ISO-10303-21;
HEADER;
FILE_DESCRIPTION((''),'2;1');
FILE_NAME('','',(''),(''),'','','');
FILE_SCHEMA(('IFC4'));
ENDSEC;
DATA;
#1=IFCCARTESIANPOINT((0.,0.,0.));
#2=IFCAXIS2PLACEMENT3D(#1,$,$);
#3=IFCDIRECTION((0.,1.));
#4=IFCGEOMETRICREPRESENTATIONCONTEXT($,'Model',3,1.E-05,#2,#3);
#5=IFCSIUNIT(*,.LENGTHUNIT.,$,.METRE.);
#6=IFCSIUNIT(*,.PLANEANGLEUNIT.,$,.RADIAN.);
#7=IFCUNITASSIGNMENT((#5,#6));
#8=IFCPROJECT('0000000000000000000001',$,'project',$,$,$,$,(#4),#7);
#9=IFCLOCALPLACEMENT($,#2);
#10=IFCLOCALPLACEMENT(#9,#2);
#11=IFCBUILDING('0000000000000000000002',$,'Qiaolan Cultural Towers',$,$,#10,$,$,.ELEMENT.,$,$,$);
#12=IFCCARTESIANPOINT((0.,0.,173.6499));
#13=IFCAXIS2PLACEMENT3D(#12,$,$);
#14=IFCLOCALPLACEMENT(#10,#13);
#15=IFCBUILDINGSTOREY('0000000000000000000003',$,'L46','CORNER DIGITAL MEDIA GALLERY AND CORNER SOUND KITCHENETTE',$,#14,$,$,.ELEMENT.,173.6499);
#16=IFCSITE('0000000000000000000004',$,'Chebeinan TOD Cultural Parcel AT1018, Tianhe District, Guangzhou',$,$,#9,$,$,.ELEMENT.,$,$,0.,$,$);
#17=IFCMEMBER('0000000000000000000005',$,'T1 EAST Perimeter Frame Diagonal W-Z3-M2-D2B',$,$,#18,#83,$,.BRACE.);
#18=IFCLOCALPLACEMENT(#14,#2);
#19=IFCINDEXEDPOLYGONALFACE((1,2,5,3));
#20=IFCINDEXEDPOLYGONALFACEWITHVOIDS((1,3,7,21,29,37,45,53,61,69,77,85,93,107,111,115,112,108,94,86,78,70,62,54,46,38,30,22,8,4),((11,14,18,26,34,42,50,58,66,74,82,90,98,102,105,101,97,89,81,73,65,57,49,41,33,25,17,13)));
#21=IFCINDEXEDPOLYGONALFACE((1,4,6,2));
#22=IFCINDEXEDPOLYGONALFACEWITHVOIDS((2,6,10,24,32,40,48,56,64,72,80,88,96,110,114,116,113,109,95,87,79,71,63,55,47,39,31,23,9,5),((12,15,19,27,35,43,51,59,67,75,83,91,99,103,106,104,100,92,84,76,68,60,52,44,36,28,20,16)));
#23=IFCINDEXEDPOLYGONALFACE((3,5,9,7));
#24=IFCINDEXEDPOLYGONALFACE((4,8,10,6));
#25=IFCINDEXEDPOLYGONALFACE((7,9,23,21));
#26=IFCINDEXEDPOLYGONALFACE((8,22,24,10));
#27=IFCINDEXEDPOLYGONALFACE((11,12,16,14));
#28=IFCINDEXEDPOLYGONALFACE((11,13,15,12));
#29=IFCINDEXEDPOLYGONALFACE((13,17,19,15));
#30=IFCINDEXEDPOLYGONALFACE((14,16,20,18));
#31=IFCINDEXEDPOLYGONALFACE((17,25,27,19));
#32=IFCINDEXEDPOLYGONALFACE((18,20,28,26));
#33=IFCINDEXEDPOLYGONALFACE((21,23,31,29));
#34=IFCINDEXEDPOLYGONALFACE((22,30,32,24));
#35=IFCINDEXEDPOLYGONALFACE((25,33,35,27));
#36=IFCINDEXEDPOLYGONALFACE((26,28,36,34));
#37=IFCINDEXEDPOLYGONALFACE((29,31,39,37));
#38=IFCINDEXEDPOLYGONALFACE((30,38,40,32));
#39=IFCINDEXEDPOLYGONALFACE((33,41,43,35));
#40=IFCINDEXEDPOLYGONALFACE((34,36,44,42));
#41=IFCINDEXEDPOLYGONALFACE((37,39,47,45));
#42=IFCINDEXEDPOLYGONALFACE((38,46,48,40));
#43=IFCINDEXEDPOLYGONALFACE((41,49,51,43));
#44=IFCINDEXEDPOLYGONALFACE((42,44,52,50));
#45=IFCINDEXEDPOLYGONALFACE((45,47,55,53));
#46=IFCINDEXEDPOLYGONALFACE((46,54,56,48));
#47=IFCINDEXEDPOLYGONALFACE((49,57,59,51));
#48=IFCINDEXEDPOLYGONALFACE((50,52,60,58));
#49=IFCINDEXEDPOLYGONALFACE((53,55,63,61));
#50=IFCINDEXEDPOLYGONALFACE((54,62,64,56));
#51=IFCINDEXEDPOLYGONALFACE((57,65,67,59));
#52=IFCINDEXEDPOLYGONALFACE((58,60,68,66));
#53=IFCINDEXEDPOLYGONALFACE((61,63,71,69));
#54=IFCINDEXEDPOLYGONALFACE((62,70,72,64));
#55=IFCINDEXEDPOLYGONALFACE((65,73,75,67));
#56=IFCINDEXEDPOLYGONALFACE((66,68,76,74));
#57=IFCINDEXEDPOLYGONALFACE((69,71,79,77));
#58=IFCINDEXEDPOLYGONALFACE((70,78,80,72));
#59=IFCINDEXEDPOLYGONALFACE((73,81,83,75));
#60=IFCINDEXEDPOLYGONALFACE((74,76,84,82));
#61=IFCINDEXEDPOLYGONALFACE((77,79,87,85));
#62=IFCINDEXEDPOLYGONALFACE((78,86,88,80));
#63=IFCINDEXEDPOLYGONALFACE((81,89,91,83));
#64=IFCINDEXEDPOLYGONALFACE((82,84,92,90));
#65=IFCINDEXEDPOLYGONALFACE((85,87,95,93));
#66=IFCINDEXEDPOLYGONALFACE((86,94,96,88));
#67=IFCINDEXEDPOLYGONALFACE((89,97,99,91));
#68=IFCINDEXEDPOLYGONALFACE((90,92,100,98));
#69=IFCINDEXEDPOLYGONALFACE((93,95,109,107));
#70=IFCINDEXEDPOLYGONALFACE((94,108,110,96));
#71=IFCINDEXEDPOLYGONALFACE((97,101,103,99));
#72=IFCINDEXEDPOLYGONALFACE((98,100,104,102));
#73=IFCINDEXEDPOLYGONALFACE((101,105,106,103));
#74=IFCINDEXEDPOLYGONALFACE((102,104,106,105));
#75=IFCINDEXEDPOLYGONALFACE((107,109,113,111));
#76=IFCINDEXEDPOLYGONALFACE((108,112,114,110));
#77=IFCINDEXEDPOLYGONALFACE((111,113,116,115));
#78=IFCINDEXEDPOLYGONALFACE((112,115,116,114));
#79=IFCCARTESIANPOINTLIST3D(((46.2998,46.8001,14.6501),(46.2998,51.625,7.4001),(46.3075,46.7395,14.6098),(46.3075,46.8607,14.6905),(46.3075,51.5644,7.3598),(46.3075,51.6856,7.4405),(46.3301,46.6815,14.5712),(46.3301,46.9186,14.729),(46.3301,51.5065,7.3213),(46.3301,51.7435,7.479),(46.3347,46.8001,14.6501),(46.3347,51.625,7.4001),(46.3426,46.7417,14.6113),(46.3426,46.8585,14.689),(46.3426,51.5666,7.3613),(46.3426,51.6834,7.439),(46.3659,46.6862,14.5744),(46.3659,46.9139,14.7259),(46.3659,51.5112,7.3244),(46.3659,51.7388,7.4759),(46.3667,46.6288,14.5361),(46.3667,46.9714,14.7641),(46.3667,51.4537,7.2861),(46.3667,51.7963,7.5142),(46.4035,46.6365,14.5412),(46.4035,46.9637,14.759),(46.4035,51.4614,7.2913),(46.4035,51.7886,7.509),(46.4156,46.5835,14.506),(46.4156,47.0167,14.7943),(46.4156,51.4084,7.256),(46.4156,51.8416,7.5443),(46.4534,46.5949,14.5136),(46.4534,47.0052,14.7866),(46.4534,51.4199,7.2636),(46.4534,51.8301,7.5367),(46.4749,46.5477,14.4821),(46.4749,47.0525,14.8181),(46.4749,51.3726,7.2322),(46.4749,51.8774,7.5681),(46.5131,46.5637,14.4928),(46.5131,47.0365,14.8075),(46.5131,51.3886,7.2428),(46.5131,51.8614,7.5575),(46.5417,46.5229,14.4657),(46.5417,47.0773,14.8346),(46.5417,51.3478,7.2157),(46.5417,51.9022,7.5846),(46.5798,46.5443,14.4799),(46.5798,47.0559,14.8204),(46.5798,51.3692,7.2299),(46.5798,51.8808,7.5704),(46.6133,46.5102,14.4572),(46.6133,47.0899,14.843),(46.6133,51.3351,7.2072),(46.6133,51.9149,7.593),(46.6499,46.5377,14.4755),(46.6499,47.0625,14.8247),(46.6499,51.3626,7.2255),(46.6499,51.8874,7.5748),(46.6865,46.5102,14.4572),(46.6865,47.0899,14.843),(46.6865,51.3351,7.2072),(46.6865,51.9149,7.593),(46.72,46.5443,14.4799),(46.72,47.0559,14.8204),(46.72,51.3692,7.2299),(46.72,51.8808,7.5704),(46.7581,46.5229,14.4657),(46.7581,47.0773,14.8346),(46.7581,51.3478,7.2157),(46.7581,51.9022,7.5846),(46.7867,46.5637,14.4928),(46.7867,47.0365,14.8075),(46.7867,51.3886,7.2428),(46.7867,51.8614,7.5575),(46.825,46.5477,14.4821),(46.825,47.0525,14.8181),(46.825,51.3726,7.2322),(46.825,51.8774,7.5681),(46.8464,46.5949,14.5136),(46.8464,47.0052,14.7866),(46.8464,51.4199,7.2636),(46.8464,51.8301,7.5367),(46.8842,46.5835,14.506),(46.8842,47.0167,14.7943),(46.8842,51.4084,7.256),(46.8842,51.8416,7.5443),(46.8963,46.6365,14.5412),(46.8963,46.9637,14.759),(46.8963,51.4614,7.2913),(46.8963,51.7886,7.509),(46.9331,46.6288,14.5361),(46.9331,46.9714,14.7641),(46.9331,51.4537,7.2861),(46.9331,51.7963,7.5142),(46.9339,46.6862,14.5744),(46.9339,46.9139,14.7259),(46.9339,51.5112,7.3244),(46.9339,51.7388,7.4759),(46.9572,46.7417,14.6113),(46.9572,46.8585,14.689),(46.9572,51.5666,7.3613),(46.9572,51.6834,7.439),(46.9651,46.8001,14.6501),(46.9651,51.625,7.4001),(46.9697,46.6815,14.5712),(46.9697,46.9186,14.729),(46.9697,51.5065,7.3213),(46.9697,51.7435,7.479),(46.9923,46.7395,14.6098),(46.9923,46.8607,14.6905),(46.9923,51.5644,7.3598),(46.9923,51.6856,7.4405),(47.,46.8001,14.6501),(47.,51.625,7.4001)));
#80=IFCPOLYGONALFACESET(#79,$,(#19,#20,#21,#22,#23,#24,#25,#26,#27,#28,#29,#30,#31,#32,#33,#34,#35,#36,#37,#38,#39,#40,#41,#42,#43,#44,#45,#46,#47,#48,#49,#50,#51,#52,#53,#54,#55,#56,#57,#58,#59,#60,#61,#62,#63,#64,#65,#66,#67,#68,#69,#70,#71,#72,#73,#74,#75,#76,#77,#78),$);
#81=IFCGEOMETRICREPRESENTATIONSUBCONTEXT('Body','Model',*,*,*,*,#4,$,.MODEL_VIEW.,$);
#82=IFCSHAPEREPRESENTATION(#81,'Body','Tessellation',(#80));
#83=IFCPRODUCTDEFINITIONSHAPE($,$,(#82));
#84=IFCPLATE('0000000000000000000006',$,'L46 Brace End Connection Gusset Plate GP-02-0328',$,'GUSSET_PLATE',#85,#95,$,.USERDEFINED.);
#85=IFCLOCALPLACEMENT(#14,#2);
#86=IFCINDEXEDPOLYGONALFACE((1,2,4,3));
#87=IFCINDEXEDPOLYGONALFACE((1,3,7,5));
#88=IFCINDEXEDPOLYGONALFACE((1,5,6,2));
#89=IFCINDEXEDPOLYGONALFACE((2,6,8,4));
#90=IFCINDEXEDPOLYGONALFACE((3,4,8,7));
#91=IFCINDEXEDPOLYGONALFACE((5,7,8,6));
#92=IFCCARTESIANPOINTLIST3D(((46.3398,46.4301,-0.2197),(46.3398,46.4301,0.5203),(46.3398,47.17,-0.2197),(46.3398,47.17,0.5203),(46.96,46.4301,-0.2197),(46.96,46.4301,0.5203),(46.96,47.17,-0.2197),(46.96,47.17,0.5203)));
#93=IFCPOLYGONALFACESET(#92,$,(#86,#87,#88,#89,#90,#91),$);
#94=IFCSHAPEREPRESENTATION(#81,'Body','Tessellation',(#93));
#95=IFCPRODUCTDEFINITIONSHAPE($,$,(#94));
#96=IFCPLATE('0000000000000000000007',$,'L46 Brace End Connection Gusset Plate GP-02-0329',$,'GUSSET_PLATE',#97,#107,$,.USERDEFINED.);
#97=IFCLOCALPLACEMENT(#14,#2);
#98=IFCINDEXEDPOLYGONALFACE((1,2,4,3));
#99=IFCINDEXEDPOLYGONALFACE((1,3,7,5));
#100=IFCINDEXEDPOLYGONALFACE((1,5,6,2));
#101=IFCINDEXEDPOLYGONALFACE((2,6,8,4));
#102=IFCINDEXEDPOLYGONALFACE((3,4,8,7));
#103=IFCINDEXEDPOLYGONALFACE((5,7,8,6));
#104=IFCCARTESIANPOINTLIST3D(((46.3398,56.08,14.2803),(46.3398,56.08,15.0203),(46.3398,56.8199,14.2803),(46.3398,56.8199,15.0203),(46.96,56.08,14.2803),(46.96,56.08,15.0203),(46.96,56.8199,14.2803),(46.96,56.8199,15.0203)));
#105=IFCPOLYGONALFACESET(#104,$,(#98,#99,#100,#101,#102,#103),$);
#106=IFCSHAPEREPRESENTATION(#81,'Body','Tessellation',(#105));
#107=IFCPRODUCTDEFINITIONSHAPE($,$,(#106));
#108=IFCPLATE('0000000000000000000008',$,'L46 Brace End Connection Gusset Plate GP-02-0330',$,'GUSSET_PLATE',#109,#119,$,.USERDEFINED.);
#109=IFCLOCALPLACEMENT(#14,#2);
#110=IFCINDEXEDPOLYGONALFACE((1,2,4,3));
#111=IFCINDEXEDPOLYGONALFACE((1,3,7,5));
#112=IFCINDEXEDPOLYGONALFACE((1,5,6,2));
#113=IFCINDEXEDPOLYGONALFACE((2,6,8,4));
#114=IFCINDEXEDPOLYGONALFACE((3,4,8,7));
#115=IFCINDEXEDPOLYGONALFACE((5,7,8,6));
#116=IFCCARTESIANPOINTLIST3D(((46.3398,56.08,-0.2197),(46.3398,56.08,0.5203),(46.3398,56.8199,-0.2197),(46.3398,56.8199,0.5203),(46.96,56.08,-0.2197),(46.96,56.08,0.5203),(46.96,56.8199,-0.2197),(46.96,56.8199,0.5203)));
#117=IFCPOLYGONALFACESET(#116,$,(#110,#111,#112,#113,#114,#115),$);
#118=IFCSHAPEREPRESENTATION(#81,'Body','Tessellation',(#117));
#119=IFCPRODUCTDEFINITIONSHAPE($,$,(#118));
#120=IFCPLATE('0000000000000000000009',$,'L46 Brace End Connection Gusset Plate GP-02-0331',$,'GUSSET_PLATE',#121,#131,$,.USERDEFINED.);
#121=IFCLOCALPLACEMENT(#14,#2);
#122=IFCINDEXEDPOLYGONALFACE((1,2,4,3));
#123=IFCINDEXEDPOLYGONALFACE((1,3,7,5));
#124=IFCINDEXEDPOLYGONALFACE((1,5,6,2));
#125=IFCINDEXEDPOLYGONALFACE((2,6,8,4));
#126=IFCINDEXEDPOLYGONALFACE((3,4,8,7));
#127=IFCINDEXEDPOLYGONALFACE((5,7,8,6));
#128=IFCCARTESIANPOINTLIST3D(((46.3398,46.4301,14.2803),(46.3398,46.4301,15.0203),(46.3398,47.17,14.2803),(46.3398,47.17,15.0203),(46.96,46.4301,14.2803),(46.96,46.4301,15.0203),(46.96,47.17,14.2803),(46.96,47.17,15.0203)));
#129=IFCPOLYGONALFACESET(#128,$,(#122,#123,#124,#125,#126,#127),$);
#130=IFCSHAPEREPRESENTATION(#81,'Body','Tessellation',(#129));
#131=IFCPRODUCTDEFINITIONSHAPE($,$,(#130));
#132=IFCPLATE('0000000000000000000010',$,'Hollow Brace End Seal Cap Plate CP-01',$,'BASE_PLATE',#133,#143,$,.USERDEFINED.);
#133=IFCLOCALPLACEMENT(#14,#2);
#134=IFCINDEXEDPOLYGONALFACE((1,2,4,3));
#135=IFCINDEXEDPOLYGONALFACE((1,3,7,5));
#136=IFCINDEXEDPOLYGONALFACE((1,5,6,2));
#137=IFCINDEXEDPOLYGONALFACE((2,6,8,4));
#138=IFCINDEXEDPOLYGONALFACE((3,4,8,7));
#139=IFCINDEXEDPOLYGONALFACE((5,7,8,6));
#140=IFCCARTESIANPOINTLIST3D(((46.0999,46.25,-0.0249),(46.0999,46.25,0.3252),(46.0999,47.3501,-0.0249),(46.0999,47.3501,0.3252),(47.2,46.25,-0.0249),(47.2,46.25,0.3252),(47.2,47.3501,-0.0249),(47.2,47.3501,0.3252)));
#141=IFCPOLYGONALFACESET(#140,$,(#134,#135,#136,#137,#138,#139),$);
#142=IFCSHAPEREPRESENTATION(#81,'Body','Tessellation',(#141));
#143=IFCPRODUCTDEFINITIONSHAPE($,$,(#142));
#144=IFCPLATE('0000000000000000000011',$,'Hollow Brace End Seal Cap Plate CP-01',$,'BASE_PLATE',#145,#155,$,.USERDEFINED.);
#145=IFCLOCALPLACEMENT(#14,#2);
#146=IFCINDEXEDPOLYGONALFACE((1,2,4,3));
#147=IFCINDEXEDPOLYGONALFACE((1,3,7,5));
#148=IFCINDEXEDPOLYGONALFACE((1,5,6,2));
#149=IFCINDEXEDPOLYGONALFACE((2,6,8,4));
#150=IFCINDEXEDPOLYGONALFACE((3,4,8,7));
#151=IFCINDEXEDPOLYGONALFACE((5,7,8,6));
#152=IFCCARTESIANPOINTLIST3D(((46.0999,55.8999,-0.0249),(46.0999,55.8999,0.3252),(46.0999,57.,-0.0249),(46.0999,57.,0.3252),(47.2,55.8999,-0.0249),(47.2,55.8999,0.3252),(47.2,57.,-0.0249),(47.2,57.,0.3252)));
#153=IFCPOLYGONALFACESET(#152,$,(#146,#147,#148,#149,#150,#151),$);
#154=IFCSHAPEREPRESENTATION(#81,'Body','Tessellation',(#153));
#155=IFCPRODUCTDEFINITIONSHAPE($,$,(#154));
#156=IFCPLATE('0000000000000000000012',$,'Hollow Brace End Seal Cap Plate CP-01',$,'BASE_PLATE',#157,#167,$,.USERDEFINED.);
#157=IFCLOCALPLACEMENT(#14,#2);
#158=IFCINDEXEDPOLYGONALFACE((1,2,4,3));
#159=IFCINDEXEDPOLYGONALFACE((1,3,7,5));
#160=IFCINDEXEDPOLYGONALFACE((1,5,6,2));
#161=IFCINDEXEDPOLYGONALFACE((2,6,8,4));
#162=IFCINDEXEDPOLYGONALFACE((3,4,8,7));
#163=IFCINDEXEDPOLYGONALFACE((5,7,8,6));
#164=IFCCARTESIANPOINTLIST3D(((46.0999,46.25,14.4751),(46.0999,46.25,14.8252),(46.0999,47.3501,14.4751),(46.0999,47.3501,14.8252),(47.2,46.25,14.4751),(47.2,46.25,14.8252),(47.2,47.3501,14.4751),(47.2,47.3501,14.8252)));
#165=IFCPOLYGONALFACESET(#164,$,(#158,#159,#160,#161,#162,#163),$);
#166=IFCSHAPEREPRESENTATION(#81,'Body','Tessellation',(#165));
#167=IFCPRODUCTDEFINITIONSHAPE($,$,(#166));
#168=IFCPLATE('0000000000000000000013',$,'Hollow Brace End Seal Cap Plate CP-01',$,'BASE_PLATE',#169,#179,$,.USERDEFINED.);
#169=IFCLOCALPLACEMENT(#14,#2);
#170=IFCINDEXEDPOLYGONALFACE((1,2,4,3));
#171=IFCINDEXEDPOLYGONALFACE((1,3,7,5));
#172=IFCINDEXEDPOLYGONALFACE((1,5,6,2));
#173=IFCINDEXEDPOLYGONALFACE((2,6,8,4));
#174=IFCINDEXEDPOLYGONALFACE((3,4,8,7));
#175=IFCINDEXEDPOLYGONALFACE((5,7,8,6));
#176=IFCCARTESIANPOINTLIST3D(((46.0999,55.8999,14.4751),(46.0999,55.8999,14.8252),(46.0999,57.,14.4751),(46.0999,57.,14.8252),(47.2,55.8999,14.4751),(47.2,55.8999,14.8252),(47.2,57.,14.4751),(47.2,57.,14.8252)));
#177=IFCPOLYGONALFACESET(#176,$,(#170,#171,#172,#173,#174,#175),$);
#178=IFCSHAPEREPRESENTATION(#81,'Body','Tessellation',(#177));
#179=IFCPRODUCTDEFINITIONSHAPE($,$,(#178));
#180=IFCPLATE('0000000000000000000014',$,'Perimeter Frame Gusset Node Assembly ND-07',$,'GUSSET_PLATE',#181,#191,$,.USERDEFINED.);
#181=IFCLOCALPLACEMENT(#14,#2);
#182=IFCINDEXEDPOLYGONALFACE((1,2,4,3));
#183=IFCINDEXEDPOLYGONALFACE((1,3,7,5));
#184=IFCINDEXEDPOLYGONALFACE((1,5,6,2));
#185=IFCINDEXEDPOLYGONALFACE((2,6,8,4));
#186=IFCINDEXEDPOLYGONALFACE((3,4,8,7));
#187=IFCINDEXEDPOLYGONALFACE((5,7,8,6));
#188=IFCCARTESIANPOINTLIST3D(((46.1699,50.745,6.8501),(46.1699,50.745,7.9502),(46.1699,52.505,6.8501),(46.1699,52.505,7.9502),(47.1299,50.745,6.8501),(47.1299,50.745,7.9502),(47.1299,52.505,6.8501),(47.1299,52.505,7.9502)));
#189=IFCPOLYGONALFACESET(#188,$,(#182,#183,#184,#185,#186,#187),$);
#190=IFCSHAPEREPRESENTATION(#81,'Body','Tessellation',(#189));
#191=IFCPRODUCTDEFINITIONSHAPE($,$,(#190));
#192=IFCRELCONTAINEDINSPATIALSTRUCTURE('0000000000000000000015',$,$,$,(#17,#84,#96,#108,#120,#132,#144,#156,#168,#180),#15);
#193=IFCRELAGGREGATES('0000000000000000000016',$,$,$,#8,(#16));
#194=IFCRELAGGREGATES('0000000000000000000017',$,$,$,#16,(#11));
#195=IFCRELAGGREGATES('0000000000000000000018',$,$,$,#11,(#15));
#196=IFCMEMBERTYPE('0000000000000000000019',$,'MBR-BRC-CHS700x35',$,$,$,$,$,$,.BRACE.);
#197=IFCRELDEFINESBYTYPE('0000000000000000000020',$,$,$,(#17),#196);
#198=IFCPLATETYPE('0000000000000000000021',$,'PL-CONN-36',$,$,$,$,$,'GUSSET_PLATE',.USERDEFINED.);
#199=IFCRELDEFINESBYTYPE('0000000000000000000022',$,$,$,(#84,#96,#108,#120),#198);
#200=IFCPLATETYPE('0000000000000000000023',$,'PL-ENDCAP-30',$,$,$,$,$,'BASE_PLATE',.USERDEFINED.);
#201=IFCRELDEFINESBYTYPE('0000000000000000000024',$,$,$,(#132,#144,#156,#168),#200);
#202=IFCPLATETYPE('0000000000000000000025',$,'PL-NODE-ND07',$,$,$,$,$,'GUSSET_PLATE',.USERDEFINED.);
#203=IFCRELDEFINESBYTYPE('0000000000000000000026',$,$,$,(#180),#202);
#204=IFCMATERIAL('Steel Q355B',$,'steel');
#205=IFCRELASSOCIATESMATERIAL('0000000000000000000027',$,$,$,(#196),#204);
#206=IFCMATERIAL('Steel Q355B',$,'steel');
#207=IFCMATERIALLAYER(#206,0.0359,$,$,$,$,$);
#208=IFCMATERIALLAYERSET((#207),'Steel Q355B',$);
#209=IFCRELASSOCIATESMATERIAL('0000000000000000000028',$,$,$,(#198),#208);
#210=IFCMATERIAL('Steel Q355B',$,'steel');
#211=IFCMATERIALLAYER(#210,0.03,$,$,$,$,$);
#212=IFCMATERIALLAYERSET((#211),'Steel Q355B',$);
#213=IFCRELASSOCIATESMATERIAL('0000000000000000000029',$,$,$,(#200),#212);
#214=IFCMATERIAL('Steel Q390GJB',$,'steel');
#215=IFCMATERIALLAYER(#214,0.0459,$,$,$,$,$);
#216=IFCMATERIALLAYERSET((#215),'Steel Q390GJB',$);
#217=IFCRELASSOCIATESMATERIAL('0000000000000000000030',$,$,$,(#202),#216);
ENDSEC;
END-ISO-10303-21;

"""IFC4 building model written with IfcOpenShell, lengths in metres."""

from ifc_helpers import new_model, si_unit, direction, frame, origin, origin_2d, place, context, subcontext, project, spatial, rectangle, hollow_circle, extrude, material, layer, layer_set, material_profile, profile_set, type_object, element, save


model = new_model("IFC4")

# Units and contexts
model_context = context("Model", 3, precision=1e-05, world=origin(), true_north=direction((0.0, 1.0)))
body_context = subcontext(model_context, "Body", "Model", "MODEL_VIEW")
ifc_project = project(units=[si_unit("LENGTHUNIT", "METRE"), si_unit("PLANEANGLEUNIT", "RADIAN")], contexts=[model_context])

# Site, building, storey
site_placement = place(None, origin())
site = spatial("IfcSite", under=ifc_project, at=site_placement, Name="Chebeinan TOD Cultural Parcel AT1018, Tianhe District, Guangzhou", CompositionType="ELEMENT", RefElevation=0.0)
building_placement = place(site_placement, origin())
building = spatial("IfcBuilding", under=site, at=building_placement, Name="Qiaolan Cultural Towers", CompositionType="ELEMENT")
storey_placement = place(building_placement, frame((0.0, 0.0, 173.6499)))
storey = spatial("IfcBuildingStorey", under=building, at=storey_placement, Name="L46", Description="CORNER DIGITAL MEDIA GALLERY AND CORNER SOUND KITCHENETTE", CompositionType="ELEMENT", Elevation=173.6499)

# Member
ifc_material_1 = material(Name="Steel Q355B", Category="steel")
ifc_material_profile_1 = material_profile(ifc_material_1, hollow_circle(Radius=0.3501, WallThickness=0.0349, at=origin_2d()), Name="CHS700x35")
ifc_profile_set_1 = profile_set([ifc_material_profile_1], Name="Steel Q355B")
member_type = type_object("IfcMemberType", Name="MBR-BRC-CHS700x35", PredefinedType="BRACE", material=ifc_profile_set_1)
for number, where, z_axis, x_axis, name in (
    (1, (46.6499, 51.625, 7.4001), (0.0, -0.554034, 0.832494), (1.0, 0.0, 0.0), "T1 EAST Perimeter Frame Diagonal W-Z3-M2-D2B"),
):
    element("IfcMember", number, at=place(storey_placement, frame(where, z_axis=z_axis, x_axis=x_axis)), inside=storey, type_object=member_type, Name=name, PredefinedType="BRACE", context=body_context, shape_type="SweptSolid", body=[
        extrude(hollow_circle(Radius=0.3501, WallThickness=0.0349, at=origin_2d()), origin(), (0.0, 0.0, 1.0), 8.7087),
    ])

# Plates
ifc_material_2 = material(Name="Steel Q355B", Category="steel")
ifc_layer_1 = layer(ifc_material_2, 0.0359)
ifc_layer_set_1 = layer_set([ifc_layer_1], Name="Steel Q355B")
plate_type_1 = type_object("IfcPlateType", Name="PL-CONN-36", ElementType="GUSSET_PLATE", PredefinedType="USERDEFINED", material=ifc_layer_set_1)
for number, where, z_axis, x_axis, name in (
    (2, (46.6499, 46.8, -0.2197), (0.0, 0.0, 1.0), (0.0, 1.0, 0.0), "L46 Brace End Connection Gusset Plate GP-02-0328"),
    (3, (46.6499, 56.45, 14.2803), (0.0, 0.0, 1.0), (0.0, 1.0, 0.0), "L46 Brace End Connection Gusset Plate GP-02-0329"),
    (4, (46.6499, 56.45, -0.2197), (0.0, 0.0, 1.0), (0.0, 1.0, 0.0), "L46 Brace End Connection Gusset Plate GP-02-0330"),
    (5, (46.6499, 46.8, 14.2803), (0.0, 0.0, 1.0), (0.0, 1.0, 0.0), "L46 Brace End Connection Gusset Plate GP-02-0331"),
):
    element("IfcPlate", number, at=place(storey_placement, frame(where, z_axis=z_axis, x_axis=x_axis)), inside=storey, type_object=plate_type_1, Name=name, ObjectType="GUSSET_PLATE", PredefinedType="USERDEFINED", context=body_context, shape_type="SweptSolid", body=[
        extrude(rectangle(XDim=0.74, YDim=0.6201, at=origin_2d()), origin(), (0.0, 0.0, 1.0), 0.74),
    ])
ifc_material_3 = material(Name="Steel Q355B", Category="steel")
ifc_layer_2 = layer(ifc_material_3, 0.03)
ifc_layer_set_2 = layer_set([ifc_layer_2], Name="Steel Q355B")
plate_type_2 = type_object("IfcPlateType", Name="PL-ENDCAP-30", ElementType="BASE_PLATE", PredefinedType="USERDEFINED", material=ifc_layer_set_2)
for number, where, z_axis, x_axis, name in (
    (6, (46.6499, 46.8, -0.0249), (0.0, 0.0, 1.0), (0.0, 1.0, 0.0), "Hollow Brace End Seal Cap Plate CP-01"),
    (7, (46.6499, 56.45, -0.0249), (0.0, 0.0, 1.0), (0.0, 1.0, 0.0), "Hollow Brace End Seal Cap Plate CP-01"),
    (8, (46.6499, 46.8, 14.4751), (0.0, 0.0, 1.0), (0.0, 1.0, 0.0), "Hollow Brace End Seal Cap Plate CP-01"),
    (9, (46.6499, 56.45, 14.4751), (0.0, 0.0, 1.0), (0.0, 1.0, 0.0), "Hollow Brace End Seal Cap Plate CP-01"),
):
    element("IfcPlate", number, at=place(storey_placement, frame(where, z_axis=z_axis, x_axis=x_axis)), inside=storey, type_object=plate_type_2, Name=name, ObjectType="BASE_PLATE", PredefinedType="USERDEFINED", context=body_context, shape_type="SweptSolid", body=[
        extrude(rectangle(XDim=1.1001, YDim=1.1001, at=origin_2d()), origin(), (0.0, 0.0, 1.0), 0.3501),
    ])
ifc_material_4 = material(Name="Steel Q390GJB", Category="steel")
ifc_layer_3 = layer(ifc_material_4, 0.0459)
ifc_layer_set_3 = layer_set([ifc_layer_3], Name="Steel Q390GJB")
plate_type_3 = type_object("IfcPlateType", Name="PL-NODE-ND07", ElementType="GUSSET_PLATE", PredefinedType="USERDEFINED", material=ifc_layer_set_3)
plate_placement = place(storey_placement, frame((46.6499, 51.625, 6.8501), z_axis=(0.0, 0.0, 1.0), x_axis=(0.0, 1.0, 0.0)))
element("IfcPlate", 10, at=plate_placement, inside=storey, type_object=plate_type_3, Name="Perimeter Frame Gusset Node Assembly ND-07", ObjectType="GUSSET_PLATE", PredefinedType="USERDEFINED", context=body_context, shape_type="SweptSolid", body=[
    extrude(rectangle(XDim=1.76, YDim=0.96, at=origin_2d()), origin(), (0.0, 0.0, 1.0), 1.1001),
])

save(model, "model.ifc")
